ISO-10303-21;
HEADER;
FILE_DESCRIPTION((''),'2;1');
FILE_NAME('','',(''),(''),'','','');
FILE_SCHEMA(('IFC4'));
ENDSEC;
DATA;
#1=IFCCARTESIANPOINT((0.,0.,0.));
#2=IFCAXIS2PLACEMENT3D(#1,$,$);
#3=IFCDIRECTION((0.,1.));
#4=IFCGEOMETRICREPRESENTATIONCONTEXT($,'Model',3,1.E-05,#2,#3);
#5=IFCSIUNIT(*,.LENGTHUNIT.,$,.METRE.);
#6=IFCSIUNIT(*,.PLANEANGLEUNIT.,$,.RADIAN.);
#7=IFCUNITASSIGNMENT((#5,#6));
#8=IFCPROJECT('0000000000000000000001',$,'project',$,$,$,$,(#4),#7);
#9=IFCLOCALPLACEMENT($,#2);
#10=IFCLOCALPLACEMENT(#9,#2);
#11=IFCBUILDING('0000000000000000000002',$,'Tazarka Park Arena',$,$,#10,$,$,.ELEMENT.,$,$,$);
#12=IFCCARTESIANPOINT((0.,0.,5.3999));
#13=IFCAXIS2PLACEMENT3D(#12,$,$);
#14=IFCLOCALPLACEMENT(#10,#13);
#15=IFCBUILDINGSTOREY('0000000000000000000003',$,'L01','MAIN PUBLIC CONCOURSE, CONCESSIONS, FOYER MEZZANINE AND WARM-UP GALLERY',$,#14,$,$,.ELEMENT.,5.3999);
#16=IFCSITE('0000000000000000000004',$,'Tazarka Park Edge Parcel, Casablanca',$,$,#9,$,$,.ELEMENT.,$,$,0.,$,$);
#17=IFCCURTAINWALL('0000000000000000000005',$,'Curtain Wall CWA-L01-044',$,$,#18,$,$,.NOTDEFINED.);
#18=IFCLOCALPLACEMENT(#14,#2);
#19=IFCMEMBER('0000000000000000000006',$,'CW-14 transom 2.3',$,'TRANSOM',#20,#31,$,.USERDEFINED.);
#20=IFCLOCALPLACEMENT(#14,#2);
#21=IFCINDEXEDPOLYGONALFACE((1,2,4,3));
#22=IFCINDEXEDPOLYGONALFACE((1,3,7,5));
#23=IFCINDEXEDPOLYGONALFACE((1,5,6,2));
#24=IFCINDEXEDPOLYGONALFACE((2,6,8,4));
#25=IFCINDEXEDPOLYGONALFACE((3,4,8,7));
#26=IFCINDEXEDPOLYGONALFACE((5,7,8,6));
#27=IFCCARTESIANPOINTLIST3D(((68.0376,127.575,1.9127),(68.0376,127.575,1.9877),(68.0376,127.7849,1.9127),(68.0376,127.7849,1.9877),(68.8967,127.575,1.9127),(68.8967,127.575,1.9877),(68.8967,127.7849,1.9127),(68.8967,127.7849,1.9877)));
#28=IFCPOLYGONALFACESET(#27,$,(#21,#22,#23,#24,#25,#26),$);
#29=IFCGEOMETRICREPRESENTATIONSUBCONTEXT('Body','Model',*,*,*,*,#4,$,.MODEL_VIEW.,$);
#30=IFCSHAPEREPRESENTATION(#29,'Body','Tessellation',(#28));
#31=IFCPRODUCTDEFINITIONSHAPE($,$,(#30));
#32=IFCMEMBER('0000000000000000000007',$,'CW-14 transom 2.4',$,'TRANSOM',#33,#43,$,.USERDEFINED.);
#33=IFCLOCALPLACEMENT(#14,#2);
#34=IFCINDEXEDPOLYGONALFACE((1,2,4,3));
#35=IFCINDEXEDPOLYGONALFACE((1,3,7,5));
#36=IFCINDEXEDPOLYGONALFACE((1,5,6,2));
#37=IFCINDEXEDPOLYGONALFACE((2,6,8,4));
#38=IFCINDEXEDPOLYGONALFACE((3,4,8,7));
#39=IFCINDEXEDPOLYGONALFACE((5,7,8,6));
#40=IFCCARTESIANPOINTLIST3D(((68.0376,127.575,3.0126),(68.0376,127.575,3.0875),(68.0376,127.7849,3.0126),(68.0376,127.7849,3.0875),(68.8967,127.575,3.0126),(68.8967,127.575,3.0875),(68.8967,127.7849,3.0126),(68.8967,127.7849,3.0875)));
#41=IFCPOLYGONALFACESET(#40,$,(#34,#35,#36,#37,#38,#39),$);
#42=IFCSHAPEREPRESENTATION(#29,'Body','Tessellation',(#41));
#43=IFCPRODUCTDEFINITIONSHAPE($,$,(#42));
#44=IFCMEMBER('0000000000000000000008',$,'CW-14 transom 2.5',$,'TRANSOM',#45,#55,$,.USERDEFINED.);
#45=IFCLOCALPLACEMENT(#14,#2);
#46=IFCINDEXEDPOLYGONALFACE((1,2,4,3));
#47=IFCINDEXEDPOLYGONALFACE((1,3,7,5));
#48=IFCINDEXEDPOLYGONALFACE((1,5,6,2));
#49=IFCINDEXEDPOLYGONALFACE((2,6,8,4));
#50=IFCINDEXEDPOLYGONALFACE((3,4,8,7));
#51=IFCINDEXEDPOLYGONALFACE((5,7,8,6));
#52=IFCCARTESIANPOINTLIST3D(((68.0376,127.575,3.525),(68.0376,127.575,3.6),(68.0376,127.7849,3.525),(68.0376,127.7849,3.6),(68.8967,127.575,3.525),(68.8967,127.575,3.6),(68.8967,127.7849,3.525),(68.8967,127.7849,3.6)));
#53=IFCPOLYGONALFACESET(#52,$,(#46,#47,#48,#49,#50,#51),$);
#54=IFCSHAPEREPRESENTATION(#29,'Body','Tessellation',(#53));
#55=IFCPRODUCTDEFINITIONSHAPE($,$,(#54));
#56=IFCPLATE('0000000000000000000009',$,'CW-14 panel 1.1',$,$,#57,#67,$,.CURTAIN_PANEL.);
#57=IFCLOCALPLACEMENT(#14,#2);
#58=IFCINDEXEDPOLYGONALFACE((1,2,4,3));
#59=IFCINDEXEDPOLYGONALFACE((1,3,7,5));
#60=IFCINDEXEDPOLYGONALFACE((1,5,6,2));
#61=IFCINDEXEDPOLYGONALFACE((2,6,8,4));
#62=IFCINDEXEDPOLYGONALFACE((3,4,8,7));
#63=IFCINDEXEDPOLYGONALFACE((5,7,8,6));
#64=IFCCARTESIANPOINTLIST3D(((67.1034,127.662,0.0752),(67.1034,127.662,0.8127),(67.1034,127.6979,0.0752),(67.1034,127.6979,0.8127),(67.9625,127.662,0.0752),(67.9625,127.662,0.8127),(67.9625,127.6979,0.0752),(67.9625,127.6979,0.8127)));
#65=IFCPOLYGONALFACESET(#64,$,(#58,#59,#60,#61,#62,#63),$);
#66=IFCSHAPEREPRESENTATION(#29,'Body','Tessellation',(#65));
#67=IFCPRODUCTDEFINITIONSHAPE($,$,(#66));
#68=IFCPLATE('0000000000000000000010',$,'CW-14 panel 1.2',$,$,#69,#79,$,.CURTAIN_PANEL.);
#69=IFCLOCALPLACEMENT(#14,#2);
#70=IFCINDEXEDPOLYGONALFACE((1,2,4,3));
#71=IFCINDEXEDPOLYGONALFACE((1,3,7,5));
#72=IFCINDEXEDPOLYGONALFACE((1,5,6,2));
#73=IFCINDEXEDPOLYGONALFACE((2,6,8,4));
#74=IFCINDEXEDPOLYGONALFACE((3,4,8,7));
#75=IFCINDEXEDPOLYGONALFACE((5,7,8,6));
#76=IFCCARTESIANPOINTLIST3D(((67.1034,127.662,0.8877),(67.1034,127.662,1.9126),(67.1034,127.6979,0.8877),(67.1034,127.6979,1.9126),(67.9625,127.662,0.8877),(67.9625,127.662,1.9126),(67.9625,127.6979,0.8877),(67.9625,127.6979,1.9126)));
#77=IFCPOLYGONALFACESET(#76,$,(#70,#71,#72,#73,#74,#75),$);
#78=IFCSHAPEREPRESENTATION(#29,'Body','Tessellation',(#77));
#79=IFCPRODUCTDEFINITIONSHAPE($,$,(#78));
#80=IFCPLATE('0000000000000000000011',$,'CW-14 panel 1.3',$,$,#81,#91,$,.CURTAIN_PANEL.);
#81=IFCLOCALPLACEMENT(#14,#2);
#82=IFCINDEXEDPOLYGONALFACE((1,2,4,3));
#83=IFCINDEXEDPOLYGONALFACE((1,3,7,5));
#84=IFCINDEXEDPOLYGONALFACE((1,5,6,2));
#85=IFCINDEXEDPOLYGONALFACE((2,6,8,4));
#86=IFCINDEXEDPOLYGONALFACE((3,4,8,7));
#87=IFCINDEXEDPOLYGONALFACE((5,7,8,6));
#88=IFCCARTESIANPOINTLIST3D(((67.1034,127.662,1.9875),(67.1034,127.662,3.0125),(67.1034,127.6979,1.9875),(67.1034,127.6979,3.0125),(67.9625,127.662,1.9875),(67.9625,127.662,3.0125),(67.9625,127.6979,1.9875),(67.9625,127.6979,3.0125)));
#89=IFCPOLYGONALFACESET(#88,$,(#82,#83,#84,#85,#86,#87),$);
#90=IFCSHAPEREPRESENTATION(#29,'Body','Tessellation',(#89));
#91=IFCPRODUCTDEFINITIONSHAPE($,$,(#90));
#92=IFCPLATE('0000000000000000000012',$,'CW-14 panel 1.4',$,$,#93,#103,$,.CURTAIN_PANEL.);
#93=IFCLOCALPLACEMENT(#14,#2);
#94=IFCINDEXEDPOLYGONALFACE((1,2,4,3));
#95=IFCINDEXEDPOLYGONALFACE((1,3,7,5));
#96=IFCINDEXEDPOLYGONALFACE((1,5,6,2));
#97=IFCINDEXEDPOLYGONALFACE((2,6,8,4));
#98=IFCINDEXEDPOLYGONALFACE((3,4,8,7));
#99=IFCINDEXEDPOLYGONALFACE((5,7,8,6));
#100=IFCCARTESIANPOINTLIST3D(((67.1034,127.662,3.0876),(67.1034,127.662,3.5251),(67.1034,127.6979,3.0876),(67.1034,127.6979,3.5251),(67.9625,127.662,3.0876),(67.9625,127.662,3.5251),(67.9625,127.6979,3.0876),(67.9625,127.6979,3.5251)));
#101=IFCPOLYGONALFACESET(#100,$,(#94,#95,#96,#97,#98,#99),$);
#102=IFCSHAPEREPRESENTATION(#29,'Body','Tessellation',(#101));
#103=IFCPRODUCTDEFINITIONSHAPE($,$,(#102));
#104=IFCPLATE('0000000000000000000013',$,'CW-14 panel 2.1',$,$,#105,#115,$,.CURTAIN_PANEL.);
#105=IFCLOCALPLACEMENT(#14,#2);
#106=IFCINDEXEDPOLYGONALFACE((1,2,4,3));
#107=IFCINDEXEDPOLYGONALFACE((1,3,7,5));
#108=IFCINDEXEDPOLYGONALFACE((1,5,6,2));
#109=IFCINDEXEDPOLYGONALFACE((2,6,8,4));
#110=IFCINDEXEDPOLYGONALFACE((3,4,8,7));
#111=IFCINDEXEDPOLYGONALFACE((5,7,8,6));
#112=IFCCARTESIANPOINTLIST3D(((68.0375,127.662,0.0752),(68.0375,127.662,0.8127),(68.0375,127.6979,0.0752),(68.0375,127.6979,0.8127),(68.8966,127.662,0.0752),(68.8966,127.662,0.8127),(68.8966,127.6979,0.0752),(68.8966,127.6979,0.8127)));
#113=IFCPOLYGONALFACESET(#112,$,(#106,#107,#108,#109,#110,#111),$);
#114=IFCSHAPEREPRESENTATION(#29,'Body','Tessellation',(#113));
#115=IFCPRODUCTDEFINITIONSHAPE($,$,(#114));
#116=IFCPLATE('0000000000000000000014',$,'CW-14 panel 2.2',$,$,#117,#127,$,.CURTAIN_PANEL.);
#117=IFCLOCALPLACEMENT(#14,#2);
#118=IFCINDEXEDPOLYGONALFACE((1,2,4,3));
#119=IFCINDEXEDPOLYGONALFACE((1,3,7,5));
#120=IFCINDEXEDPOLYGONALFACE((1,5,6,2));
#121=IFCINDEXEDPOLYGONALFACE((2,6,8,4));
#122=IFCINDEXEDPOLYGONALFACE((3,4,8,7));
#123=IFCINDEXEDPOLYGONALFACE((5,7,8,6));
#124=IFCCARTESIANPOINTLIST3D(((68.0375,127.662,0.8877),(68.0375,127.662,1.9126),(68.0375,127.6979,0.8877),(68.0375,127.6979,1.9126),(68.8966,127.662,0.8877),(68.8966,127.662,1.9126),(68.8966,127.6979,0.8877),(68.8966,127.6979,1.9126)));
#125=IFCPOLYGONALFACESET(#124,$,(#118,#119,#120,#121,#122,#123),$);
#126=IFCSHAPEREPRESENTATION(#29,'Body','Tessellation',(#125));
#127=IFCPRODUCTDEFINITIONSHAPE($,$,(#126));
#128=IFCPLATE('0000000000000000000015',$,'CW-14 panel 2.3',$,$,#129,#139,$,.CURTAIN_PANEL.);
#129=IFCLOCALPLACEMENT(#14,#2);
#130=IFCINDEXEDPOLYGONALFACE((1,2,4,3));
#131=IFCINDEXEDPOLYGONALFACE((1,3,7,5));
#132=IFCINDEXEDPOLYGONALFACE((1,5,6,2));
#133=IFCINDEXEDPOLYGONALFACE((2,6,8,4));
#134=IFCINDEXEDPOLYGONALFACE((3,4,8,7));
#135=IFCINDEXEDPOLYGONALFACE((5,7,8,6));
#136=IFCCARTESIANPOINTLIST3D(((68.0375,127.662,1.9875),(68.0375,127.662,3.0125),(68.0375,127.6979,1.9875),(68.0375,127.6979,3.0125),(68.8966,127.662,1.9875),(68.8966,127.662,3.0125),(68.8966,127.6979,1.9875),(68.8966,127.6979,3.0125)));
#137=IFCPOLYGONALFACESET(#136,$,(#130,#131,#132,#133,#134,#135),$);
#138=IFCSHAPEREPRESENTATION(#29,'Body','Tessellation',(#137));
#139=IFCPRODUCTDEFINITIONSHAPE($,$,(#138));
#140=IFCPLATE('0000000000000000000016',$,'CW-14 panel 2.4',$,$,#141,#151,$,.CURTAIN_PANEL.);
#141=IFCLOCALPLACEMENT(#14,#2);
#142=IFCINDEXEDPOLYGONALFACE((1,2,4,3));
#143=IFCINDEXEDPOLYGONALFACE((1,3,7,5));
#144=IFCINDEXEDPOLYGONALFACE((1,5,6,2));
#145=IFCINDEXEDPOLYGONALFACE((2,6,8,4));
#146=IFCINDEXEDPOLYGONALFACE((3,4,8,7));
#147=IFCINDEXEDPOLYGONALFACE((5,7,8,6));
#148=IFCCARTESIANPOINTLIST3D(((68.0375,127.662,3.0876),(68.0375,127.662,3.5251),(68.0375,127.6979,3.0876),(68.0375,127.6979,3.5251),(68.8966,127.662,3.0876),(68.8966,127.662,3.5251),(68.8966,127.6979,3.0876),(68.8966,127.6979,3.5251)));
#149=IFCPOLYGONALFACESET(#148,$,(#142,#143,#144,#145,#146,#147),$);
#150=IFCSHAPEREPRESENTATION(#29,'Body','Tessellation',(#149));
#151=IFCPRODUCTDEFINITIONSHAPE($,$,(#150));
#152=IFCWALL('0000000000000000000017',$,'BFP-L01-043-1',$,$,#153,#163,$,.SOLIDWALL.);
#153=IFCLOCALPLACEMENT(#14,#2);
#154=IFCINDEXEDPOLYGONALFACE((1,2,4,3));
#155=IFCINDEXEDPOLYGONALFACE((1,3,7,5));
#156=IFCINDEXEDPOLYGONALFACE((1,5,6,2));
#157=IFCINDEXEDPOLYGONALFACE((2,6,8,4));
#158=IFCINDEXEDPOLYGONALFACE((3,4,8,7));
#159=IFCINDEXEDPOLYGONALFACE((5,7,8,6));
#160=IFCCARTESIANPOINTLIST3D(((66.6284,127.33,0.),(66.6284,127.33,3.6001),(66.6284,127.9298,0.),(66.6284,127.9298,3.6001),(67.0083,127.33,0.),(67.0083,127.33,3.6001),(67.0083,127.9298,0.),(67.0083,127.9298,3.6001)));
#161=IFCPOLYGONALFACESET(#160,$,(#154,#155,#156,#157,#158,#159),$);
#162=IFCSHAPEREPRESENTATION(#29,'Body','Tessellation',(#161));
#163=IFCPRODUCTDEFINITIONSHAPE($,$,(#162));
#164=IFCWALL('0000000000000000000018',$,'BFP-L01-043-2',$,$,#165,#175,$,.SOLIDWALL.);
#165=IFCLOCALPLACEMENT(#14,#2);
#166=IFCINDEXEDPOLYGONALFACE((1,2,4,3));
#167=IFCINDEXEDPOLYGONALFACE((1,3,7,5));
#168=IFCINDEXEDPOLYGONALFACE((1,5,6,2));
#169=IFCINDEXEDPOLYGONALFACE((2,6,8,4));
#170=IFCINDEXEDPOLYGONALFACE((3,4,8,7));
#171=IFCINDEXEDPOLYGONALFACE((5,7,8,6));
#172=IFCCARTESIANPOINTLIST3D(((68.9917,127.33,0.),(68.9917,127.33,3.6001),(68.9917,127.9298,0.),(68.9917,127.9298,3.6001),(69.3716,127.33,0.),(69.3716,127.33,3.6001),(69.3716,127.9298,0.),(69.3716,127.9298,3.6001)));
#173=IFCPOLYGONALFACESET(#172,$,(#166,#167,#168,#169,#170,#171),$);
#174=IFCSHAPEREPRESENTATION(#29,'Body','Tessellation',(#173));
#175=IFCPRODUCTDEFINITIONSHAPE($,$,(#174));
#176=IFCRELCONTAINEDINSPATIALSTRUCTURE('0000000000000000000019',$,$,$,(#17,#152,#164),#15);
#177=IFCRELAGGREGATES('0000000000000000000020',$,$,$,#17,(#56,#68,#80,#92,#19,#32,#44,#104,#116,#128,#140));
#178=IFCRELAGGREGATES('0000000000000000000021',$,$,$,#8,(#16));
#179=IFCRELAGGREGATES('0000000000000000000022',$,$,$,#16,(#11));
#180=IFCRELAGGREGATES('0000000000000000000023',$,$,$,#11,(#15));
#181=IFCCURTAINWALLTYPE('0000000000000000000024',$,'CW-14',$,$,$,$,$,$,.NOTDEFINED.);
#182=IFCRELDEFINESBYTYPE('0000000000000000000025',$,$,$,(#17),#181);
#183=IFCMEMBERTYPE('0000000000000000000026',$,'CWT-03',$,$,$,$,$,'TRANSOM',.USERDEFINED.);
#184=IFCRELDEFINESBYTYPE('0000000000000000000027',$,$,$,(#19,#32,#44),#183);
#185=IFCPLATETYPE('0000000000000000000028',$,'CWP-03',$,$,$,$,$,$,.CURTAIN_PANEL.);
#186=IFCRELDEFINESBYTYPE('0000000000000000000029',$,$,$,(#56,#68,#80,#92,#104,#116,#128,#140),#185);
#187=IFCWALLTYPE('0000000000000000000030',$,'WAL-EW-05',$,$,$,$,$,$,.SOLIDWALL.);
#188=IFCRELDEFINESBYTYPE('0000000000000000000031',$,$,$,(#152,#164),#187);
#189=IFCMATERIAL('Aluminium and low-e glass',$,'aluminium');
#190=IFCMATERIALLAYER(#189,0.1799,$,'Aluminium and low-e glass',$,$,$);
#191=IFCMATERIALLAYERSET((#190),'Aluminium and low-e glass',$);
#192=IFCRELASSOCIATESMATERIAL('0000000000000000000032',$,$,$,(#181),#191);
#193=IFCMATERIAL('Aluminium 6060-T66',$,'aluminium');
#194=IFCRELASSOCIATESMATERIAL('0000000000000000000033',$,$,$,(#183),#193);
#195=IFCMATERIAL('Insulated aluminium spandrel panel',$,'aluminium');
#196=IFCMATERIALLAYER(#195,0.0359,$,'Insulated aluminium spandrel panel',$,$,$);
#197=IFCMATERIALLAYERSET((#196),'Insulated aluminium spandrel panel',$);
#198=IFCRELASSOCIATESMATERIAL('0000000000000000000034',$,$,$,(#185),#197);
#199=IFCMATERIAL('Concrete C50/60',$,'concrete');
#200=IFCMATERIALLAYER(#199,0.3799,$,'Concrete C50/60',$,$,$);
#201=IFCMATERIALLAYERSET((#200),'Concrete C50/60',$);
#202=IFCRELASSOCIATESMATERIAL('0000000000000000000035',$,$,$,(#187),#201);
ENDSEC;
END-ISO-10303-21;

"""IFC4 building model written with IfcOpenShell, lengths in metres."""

from ifc_helpers import new_model, si_unit, direction, frame, frame_2d, origin, origin_2d, place, context, subcontext, project, spatial, rectangle, extrude, material, layer, layer_set, material_profile, profile_set, type_object, element, aggregate, save


model = new_model("IFC4")

# Units and contexts
model_context = context("Model", 3, precision=1e-05, world=origin(), true_north=direction((0.0, 1.0)))
body_context = subcontext(model_context, "Body", "Model", "MODEL_VIEW")
ifc_project = project(units=[si_unit("LENGTHUNIT", "METRE"), si_unit("PLANEANGLEUNIT", "RADIAN")], contexts=[model_context])

# Site, building, storey
site_placement = place(None, origin())
site = spatial("IfcSite", under=ifc_project, at=site_placement, Name="Tazarka Park Edge Parcel, Casablanca", CompositionType="ELEMENT", RefElevation=0.0)
building_placement = place(site_placement, origin())
building = spatial("IfcBuilding", under=site, at=building_placement, Name="Tazarka Park Arena", CompositionType="ELEMENT")
storey_placement = place(building_placement, frame((0.0, 0.0, 5.3999)))
storey = spatial("IfcBuildingStorey", under=building, at=storey_placement, Name="L01", Description="MAIN PUBLIC CONCOURSE, CONCESSIONS, FOYER MEZZANINE AND WARM-UP GALLERY", CompositionType="ELEMENT", Elevation=5.3999)

# Curtain wall
ifc_material_1 = material(Name="Aluminium and low-e glass", Category="aluminium")
ifc_layer_1 = layer(ifc_material_1, 0.1799, Name="Aluminium and low-e glass")
ifc_layer_set_1 = layer_set([ifc_layer_1], Name="Aluminium and low-e glass")
curtain_wall_type_1 = type_object("IfcCurtainWallType", Name="CW-14", PredefinedType="NOTDEFINED", material=ifc_layer_set_1)
curtain_wall_1_placement = place(storey_placement, origin())
curtain_wall_1 = element("IfcCurtainWall", 1, at=curtain_wall_1_placement, inside=storey, type_object=curtain_wall_type_1, Name="Curtain Wall CWA-L01-044", PredefinedType="NOTDEFINED")

# Members
ifc_material_2 = material(Name="Aluminium 6060-T66", Category="aluminium")
ifc_material_profile_1 = material_profile(ifc_material_2, rectangle(XDim=0.21, YDim=0.075, at=origin_2d()), Name="Aluminium 6060-T66")
ifc_profile_set_1 = profile_set([ifc_material_profile_1], Name="Aluminium 6060-T66")
member_type_1 = type_object("IfcMemberType", Name="CWT-03", ElementType="TRANSOM", PredefinedType="USERDEFINED", material=ifc_profile_set_1)
member_1_placement = place(storey_placement, frame((68.0376, 127.6799, 1.9502), z_axis=(1.0, 0.0, 0.0), x_axis=(0.0, 1.0, 0.0)))
member_1 = element("IfcMember", 2, at=member_1_placement, type_object=member_type_1, Name="CW-14 transom 2.3", ObjectType="TRANSOM", PredefinedType="USERDEFINED", context=body_context, shape_type="SweptSolid", body=[
    extrude(rectangle(XDim=0.21, YDim=0.075, at=origin_2d()), origin(), (0.0, 0.0, 1.0), 0.8591),
])
member_2_placement = place(storey_placement, frame((68.0376, 127.6799, 3.05), z_axis=(1.0, 0.0, 0.0), x_axis=(0.0, 1.0, 0.0)))
member_2 = element("IfcMember", 3, at=member_2_placement, type_object=member_type_1, Name="CW-14 transom 2.4", ObjectType="TRANSOM", PredefinedType="USERDEFINED", context=body_context, shape_type="SweptSolid", body=[
    extrude(rectangle(XDim=0.21, YDim=0.075, at=origin_2d()), origin(), (0.0, 0.0, 1.0), 0.8591),
])
member_3_placement = place(storey_placement, frame((68.0376, 127.6799, 3.5625), z_axis=(1.0, 0.0, 0.0), x_axis=(0.0, 1.0, 0.0)))
member_3 = element("IfcMember", 4, at=member_3_placement, type_object=member_type_1, Name="CW-14 transom 2.5", ObjectType="TRANSOM", PredefinedType="USERDEFINED", context=body_context, shape_type="SweptSolid", body=[
    extrude(rectangle(XDim=0.21, YDim=0.075, at=origin_2d()), origin(), (0.0, 0.0, 1.0), 0.8591),
])

# Plates
ifc_material_3 = material(Name="Insulated aluminium spandrel panel", Category="aluminium")
ifc_layer_2 = layer(ifc_material_3, 0.0359, Name="Insulated aluminium spandrel panel")
ifc_layer_set_2 = layer_set([ifc_layer_2], Name="Insulated aluminium spandrel panel")
plate_type = type_object("IfcPlateType", Name="CWP-03", PredefinedType="CURTAIN_PANEL", material=ifc_layer_set_2)
plate_1_placement = place(storey_placement, frame((67.533, 127.6799, 0.0752), z_axis=(0.0, 0.0, 1.0), x_axis=(1.0, 0.0, 0.0)))
plate_1 = element("IfcPlate", 5, at=plate_1_placement, type_object=plate_type, Name="CW-14 panel 1.1", PredefinedType="CURTAIN_PANEL", context=body_context, shape_type="SweptSolid", body=[
    extrude(rectangle(XDim=0.8591, YDim=0.0359, at=origin_2d()), origin(), (0.0, 0.0, 1.0), 0.7375),
])
plate_2_placement = place(storey_placement, frame((67.533, 127.6799, 0.8877), z_axis=(0.0, 0.0, 1.0), x_axis=(1.0, 0.0, 0.0)))
plate_2 = element("IfcPlate", 6, at=plate_2_placement, type_object=plate_type, Name="CW-14 panel 1.2", PredefinedType="CURTAIN_PANEL", context=body_context, shape_type="SweptSolid", body=[
    extrude(rectangle(XDim=0.8591, YDim=0.0359, at=origin_2d()), origin(), (0.0, 0.0, 1.0), 1.0249),
])
plate_3_placement = place(storey_placement, frame((67.533, 127.6799, 1.9875), z_axis=(0.0, 0.0, 1.0), x_axis=(1.0, 0.0, 0.0)))
plate_3 = element("IfcPlate", 7, at=plate_3_placement, type_object=plate_type, Name="CW-14 panel 1.3", PredefinedType="CURTAIN_PANEL", context=body_context, shape_type="SweptSolid", body=[
    extrude(rectangle(XDim=0.8591, YDim=0.0359, at=origin_2d()), origin(), (0.0, 0.0, 1.0), 1.0249),
])
plate_4_placement = place(storey_placement, frame((67.533, 127.6799, 3.0876), z_axis=(0.0, 0.0, 1.0), x_axis=(1.0, 0.0, 0.0)))
plate_4 = element("IfcPlate", 8, at=plate_4_placement, type_object=plate_type, Name="CW-14 panel 1.4", PredefinedType="CURTAIN_PANEL", context=body_context, shape_type="SweptSolid", body=[
    extrude(rectangle(XDim=0.8591, YDim=0.0359, at=origin_2d()), origin(), (0.0, 0.0, 1.0), 0.4375),
])
plate_5_placement = place(storey_placement, frame((68.467, 127.6799, 0.0752), z_axis=(0.0, 0.0, 1.0), x_axis=(1.0, 0.0, 0.0)))
plate_5 = element("IfcPlate", 9, at=plate_5_placement, type_object=plate_type, Name="CW-14 panel 2.1", PredefinedType="CURTAIN_PANEL", context=body_context, shape_type="SweptSolid", body=[
    extrude(rectangle(XDim=0.8591, YDim=0.0359, at=origin_2d()), origin(), (0.0, 0.0, 1.0), 0.7375),
])
plate_6_placement = place(storey_placement, frame((68.467, 127.6799, 0.8877), z_axis=(0.0, 0.0, 1.0), x_axis=(1.0, 0.0, 0.0)))
plate_6 = element("IfcPlate", 10, at=plate_6_placement, type_object=plate_type, Name="CW-14 panel 2.2", PredefinedType="CURTAIN_PANEL", context=body_context, shape_type="SweptSolid", body=[
    extrude(rectangle(XDim=0.8591, YDim=0.0359, at=origin_2d()), origin(), (0.0, 0.0, 1.0), 1.0249),
])
plate_7_placement = place(storey_placement, frame((68.467, 127.6799, 1.9875), z_axis=(0.0, 0.0, 1.0), x_axis=(1.0, 0.0, 0.0)))
plate_7 = element("IfcPlate", 11, at=plate_7_placement, type_object=plate_type, Name="CW-14 panel 2.3", PredefinedType="CURTAIN_PANEL", context=body_context, shape_type="SweptSolid", body=[
    extrude(rectangle(XDim=0.8591, YDim=0.0359, at=origin_2d()), origin(), (0.0, 0.0, 1.0), 1.0249),
])
plate_8_placement = place(storey_placement, frame((68.467, 127.6799, 3.0876), z_axis=(0.0, 0.0, 1.0), x_axis=(1.0, 0.0, 0.0)))
plate_8 = element("IfcPlate", 12, at=plate_8_placement, type_object=plate_type, Name="CW-14 panel 2.4", PredefinedType="CURTAIN_PANEL", context=body_context, shape_type="SweptSolid", body=[
    extrude(rectangle(XDim=0.8591, YDim=0.0359, at=origin_2d()), origin(), (0.0, 0.0, 1.0), 0.4375),
])
aggregate(curtain_wall_1, [plate_1, plate_2, plate_3, plate_4, member_1, member_2, member_3, plate_5, plate_6, plate_7, plate_8])

# Walls
ifc_material_4 = material(Name="Concrete C50/60", Category="concrete")
ifc_layer_3 = layer(ifc_material_4, 0.3799, Name="Concrete C50/60")
ifc_layer_set_3 = layer_set([ifc_layer_3], Name="Concrete C50/60")
wall_type = type_object("IfcWallType", Name="WAL-EW-05", PredefinedType="SOLIDWALL", material=ifc_layer_set_3)
for number, where, z_axis, x_axis, name in (
    (13, (66.8184, 127.3301, 0.0), (0.0, 0.0, 1.0), (0.0, 1.0, 0.0), "BFP-L01-043-1"),
    (14, (69.1816, 127.3301, 0.0), (0.0, 0.0, 1.0), (0.0, 1.0, 0.0), "BFP-L01-043-2"),
):
    element("IfcWall", number, at=place(storey_placement, frame(where, z_axis=z_axis, x_axis=x_axis)), inside=storey, type_object=wall_type, Name=name, PredefinedType="SOLIDWALL", context=body_context, shape_type="SweptSolid", body=[
        extrude(rectangle(XDim=0.5999, YDim=0.3799, at=frame_2d((0.2998, 0.0))), origin(), (0.0, 0.0, 1.0), 3.6001),
    ])

save(model, "model.ifc")
